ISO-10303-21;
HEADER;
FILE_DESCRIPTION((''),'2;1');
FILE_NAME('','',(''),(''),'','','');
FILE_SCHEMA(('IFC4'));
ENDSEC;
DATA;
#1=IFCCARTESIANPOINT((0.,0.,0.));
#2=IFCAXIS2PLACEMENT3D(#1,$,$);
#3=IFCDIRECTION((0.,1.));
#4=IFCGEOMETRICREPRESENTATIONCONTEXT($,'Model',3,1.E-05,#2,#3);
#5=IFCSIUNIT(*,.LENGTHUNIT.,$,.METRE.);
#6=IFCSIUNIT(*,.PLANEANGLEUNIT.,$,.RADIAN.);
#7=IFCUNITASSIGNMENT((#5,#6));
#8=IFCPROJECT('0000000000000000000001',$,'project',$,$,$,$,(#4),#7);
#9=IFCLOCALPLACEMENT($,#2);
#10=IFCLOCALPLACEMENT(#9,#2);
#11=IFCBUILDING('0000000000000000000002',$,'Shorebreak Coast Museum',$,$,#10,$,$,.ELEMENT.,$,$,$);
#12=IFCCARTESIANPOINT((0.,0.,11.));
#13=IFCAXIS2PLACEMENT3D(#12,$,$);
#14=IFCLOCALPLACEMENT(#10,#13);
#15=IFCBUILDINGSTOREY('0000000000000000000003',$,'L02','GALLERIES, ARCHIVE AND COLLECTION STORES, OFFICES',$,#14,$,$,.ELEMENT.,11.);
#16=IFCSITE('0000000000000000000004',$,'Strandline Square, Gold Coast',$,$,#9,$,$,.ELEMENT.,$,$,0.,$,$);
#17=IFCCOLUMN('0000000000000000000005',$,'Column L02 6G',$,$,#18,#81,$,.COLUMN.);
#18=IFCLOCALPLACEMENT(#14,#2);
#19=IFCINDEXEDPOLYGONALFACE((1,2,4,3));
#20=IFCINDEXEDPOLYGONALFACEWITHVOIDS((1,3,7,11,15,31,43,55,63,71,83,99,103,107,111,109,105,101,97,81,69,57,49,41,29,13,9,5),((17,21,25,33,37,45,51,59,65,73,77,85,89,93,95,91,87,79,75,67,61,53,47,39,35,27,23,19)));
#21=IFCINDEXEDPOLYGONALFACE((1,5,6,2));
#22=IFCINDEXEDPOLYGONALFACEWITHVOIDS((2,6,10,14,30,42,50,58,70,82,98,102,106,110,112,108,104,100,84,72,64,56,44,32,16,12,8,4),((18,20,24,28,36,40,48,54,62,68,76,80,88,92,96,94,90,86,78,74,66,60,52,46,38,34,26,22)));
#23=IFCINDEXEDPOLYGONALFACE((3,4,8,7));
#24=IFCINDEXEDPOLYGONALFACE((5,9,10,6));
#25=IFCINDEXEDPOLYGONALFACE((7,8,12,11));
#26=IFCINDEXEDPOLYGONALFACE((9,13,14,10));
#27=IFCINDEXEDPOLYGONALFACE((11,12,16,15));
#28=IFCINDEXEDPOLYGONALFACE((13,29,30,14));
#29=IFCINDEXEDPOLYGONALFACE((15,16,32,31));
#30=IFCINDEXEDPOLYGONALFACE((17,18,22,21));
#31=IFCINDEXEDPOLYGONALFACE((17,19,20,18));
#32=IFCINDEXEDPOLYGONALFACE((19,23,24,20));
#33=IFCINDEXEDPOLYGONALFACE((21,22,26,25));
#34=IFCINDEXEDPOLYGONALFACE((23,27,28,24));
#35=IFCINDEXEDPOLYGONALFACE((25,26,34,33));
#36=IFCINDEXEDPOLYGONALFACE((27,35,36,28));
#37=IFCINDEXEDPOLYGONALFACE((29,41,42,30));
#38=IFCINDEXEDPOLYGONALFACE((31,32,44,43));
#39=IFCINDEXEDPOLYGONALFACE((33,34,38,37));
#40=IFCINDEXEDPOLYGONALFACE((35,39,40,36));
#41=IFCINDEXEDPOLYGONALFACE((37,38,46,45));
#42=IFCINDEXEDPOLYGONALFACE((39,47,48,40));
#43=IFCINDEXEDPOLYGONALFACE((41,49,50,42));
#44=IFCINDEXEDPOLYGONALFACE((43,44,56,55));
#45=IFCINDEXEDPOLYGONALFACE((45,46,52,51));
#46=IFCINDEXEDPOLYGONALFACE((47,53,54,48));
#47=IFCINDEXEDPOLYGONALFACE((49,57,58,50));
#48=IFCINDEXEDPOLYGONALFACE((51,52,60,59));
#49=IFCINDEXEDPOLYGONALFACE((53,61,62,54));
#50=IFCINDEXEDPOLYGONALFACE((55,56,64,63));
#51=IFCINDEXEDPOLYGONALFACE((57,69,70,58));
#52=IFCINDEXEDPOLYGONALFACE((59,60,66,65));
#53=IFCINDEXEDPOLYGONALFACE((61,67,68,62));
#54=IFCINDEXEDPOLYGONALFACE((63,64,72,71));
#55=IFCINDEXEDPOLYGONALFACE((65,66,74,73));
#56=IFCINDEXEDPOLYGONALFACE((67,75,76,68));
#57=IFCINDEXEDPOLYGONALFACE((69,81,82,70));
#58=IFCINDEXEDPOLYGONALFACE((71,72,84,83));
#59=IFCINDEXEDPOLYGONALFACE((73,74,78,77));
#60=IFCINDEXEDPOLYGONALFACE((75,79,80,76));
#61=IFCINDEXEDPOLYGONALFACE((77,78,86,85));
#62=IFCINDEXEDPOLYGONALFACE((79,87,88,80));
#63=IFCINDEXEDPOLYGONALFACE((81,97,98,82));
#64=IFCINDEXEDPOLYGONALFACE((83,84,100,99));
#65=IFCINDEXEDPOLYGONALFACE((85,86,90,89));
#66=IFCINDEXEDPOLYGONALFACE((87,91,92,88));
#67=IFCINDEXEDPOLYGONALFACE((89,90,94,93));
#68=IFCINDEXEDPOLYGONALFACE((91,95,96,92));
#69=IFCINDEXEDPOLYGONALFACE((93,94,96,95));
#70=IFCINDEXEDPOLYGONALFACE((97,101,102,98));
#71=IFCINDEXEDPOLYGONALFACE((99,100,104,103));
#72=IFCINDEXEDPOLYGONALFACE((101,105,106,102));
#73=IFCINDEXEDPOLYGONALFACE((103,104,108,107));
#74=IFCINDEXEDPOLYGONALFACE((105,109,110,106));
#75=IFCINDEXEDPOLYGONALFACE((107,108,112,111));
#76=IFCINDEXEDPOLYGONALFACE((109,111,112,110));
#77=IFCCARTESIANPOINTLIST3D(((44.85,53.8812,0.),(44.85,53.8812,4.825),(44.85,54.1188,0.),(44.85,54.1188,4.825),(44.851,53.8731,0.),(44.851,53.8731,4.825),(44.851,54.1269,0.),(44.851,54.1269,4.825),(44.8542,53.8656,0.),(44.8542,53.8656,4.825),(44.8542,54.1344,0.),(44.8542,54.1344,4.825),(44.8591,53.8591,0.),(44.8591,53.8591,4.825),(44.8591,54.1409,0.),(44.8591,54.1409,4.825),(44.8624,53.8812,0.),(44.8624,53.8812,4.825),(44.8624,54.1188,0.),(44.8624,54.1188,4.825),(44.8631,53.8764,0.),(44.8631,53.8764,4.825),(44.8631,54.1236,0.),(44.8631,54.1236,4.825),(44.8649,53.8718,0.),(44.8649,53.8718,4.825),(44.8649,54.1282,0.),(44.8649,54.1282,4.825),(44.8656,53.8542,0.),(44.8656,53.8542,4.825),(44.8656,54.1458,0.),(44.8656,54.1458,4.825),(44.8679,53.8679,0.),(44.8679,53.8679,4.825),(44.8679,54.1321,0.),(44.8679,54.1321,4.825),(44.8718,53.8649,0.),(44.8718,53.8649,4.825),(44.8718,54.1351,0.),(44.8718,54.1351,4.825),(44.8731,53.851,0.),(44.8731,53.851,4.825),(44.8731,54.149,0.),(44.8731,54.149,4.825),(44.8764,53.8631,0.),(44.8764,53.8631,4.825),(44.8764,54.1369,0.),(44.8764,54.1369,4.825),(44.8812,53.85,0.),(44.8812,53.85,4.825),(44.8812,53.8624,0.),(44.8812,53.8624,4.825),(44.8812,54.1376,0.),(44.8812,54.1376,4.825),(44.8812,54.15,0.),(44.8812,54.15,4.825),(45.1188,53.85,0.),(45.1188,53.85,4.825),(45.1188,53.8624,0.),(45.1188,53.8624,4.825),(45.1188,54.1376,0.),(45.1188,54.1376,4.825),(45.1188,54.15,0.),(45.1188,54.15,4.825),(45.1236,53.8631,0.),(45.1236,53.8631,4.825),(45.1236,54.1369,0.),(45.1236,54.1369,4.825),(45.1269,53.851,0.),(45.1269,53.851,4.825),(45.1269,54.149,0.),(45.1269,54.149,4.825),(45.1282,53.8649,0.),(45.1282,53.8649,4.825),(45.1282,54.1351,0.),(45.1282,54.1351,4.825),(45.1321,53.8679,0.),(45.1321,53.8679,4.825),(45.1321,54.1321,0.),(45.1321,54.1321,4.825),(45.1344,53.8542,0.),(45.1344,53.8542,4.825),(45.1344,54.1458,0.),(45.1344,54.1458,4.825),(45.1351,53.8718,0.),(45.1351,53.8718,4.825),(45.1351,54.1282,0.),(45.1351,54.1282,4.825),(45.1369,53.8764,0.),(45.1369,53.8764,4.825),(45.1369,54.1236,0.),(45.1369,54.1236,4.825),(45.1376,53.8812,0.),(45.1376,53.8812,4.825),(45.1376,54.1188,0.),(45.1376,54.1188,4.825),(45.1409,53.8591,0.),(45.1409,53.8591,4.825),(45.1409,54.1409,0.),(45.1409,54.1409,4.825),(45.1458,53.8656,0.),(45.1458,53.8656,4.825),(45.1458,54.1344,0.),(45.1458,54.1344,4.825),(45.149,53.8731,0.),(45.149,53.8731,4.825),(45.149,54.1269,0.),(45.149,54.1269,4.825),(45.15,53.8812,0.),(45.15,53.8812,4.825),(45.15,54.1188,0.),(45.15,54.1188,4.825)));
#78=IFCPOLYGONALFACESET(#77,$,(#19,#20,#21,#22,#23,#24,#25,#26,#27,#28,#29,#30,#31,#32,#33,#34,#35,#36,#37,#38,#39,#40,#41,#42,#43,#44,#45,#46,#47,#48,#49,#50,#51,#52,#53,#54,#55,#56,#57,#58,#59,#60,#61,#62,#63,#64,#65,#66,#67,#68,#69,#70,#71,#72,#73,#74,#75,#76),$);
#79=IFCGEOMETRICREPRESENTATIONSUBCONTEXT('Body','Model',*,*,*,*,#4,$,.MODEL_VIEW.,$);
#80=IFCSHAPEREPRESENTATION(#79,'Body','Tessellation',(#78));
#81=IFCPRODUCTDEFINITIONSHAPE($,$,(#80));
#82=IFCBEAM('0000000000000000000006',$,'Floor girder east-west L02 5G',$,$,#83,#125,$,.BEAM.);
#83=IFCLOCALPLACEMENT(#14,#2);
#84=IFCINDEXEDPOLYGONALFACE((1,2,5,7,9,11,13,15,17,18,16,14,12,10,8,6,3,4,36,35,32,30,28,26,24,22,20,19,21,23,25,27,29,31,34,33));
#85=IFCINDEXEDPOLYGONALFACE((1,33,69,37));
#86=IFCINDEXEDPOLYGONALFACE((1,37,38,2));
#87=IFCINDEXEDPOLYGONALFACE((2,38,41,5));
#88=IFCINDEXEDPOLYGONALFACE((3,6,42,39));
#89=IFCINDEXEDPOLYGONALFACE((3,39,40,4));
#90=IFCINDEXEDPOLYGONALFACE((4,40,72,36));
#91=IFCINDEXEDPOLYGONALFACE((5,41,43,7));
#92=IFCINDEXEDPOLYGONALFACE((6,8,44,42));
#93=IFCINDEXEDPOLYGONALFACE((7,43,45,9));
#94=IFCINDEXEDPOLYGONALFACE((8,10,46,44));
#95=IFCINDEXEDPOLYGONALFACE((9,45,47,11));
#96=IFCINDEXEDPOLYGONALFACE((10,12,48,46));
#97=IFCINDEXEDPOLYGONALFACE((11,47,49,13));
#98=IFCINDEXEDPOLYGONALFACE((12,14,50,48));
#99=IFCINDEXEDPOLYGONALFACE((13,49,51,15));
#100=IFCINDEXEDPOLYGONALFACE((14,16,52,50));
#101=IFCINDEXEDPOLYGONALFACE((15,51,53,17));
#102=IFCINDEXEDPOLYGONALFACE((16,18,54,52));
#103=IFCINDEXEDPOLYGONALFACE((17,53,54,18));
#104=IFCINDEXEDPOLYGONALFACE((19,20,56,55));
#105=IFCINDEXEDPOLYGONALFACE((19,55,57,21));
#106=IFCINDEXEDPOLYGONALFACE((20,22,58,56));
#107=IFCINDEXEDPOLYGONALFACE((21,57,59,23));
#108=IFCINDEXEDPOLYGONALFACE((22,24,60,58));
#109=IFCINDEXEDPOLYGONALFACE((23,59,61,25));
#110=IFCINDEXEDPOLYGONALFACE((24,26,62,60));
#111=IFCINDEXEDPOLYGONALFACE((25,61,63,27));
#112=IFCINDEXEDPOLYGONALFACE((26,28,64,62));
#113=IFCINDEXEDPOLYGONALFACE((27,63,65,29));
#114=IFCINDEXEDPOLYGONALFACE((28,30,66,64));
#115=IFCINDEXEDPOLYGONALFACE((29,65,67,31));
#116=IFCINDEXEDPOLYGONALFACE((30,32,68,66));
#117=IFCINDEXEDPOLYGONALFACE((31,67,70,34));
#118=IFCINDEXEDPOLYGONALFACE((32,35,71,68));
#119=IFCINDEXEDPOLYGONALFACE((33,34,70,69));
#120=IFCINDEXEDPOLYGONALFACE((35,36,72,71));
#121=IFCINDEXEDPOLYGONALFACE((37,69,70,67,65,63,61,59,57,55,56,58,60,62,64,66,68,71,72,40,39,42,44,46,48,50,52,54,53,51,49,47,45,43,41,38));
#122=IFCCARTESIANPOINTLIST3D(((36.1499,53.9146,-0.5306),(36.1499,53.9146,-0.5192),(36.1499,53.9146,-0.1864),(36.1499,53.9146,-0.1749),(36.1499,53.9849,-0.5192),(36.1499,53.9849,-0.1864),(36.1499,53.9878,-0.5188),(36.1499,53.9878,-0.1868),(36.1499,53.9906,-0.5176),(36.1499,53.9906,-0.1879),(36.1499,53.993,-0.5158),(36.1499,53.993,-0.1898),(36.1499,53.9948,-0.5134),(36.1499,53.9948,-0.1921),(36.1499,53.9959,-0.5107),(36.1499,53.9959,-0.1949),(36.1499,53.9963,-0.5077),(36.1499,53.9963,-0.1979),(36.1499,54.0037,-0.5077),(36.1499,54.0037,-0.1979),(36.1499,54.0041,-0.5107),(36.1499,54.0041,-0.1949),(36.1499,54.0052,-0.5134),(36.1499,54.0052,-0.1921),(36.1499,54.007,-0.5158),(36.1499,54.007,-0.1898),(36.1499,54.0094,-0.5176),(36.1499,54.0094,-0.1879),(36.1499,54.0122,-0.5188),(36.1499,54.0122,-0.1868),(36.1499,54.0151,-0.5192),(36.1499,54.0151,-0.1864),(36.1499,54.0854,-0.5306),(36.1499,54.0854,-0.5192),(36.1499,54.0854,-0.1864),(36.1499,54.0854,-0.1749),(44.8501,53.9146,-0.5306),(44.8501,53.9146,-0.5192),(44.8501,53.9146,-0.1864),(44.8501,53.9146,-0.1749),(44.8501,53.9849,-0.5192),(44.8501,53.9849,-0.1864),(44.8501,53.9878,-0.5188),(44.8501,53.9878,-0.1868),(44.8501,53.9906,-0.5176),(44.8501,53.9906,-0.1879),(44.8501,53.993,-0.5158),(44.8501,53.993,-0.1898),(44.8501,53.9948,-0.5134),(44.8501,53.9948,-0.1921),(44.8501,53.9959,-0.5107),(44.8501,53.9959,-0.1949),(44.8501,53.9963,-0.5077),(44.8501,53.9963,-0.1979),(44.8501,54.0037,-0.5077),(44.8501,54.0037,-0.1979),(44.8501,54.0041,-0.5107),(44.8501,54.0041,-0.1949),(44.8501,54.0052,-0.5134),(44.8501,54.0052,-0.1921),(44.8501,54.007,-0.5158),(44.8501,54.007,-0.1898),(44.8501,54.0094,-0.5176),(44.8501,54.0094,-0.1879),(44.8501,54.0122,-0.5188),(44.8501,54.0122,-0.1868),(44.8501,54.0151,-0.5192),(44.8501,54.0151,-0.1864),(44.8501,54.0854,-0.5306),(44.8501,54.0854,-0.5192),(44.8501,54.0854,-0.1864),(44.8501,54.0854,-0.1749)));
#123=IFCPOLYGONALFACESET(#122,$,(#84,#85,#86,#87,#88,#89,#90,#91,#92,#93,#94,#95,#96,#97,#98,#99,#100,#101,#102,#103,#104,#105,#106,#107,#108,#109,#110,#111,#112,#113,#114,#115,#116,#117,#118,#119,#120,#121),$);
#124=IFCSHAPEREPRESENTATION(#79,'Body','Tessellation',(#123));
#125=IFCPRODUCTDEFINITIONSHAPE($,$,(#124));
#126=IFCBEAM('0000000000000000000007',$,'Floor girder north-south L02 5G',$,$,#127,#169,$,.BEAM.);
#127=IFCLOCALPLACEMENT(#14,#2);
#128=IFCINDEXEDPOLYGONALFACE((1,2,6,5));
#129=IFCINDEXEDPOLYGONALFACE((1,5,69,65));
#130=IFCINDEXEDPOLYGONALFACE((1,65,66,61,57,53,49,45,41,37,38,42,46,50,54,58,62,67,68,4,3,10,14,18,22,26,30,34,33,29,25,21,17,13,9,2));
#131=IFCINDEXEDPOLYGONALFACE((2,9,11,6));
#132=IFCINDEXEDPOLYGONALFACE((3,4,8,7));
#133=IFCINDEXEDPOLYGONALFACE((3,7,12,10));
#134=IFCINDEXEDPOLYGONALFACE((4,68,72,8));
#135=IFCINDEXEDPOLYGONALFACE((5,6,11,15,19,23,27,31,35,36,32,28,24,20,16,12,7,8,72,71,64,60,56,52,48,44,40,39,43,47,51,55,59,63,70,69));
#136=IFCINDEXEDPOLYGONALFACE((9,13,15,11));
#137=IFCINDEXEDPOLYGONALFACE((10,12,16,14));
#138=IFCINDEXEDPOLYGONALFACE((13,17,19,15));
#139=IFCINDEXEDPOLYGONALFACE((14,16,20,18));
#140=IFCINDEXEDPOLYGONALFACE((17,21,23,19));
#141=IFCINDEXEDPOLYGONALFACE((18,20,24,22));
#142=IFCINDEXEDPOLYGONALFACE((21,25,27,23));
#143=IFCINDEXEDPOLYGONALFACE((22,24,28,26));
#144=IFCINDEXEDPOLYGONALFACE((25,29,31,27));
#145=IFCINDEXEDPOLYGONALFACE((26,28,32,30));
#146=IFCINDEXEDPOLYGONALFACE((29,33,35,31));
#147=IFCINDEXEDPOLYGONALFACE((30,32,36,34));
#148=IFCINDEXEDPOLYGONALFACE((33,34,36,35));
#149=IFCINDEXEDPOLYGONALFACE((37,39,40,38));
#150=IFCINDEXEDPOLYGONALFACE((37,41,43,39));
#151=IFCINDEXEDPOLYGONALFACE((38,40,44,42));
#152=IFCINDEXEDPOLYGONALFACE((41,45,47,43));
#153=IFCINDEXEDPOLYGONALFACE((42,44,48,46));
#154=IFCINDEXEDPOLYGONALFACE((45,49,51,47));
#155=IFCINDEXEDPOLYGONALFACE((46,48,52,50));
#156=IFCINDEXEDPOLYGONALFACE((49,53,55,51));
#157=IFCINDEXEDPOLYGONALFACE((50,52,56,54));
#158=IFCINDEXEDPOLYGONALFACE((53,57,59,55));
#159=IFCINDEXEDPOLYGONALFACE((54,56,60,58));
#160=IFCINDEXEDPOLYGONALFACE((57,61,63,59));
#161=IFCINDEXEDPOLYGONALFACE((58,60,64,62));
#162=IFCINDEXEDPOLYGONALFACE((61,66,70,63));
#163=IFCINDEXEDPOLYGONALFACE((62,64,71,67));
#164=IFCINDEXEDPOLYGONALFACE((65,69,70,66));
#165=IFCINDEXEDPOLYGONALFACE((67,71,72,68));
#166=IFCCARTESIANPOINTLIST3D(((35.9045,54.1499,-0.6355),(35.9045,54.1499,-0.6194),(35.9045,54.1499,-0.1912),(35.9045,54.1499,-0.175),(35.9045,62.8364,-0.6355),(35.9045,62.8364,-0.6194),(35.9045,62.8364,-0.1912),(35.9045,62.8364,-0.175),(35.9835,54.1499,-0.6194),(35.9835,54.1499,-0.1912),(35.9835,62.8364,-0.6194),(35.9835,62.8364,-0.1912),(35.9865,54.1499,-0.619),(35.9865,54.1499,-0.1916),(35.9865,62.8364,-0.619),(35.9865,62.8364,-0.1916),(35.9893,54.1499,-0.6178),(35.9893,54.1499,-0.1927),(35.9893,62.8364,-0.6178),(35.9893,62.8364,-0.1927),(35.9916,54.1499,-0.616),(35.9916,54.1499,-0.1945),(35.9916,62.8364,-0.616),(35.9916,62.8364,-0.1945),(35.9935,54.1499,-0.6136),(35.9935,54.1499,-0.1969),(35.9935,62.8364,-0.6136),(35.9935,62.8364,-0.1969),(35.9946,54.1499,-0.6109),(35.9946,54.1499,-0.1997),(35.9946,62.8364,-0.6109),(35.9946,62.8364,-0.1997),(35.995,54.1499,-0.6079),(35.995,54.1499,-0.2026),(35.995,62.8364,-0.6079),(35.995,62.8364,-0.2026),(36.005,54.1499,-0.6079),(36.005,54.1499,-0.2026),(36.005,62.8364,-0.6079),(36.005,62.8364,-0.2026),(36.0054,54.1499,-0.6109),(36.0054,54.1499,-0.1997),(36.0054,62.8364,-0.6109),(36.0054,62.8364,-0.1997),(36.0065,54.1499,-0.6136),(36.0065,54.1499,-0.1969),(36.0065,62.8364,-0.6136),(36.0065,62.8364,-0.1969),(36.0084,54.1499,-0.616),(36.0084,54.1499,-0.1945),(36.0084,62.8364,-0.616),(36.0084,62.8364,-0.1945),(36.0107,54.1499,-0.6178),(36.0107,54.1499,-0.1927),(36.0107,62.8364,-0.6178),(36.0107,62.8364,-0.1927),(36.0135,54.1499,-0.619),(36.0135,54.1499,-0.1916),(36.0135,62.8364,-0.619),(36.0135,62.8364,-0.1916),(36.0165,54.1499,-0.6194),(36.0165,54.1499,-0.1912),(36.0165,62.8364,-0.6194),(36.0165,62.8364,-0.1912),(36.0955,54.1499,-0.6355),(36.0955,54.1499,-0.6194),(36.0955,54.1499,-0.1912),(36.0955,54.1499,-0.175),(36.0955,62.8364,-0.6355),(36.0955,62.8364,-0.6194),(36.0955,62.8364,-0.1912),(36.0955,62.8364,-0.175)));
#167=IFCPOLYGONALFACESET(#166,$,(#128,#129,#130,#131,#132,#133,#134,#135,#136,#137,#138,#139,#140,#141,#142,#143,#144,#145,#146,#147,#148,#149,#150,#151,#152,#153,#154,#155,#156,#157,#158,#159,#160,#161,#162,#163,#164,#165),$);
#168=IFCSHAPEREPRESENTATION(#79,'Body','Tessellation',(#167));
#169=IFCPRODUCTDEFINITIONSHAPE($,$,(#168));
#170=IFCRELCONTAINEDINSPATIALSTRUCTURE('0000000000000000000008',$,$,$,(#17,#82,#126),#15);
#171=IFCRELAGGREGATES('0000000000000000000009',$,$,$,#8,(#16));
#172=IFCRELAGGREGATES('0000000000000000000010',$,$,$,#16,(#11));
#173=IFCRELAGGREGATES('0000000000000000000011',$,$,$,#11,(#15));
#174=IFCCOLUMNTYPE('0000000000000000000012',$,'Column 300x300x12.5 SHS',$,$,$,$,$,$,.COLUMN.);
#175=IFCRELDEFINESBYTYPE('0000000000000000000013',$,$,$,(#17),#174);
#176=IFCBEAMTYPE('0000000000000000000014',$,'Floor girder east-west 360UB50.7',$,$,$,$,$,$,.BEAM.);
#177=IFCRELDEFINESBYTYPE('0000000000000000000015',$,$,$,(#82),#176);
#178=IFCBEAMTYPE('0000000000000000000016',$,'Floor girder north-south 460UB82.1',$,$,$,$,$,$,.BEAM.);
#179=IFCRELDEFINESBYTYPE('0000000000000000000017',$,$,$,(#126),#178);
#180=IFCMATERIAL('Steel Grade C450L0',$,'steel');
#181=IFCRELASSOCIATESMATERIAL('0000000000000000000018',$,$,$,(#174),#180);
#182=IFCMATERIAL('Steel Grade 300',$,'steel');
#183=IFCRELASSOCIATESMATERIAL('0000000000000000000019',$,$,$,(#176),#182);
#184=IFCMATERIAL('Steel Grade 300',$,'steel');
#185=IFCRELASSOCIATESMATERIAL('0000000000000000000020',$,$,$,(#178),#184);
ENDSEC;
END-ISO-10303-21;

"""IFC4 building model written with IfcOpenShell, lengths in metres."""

from ifc_helpers import new_model, si_unit, direction, frame, origin, origin_2d, place, context, subcontext, project, spatial, hollow_rectangle, i_section, extrude, material, material_profile, profile_set, type_object, element, save


model = new_model("IFC4")

# Units and contexts
model_context = context("Model", 3, precision=1e-05, world=origin(), true_north=direction((0.0, 1.0)))
body_context = subcontext(model_context, "Body", "Model", "MODEL_VIEW")
ifc_project = project(units=[si_unit("LENGTHUNIT", "METRE"), si_unit("PLANEANGLEUNIT", "RADIAN")], contexts=[model_context])

# Site, building, storey
site_placement = place(None, origin())
site = spatial("IfcSite", under=ifc_project, at=site_placement, Name="Strandline Square, Gold Coast", CompositionType="ELEMENT", RefElevation=0.0)
building_placement = place(site_placement, origin())
building = spatial("IfcBuilding", under=site, at=building_placement, Name="Shorebreak Coast Museum", CompositionType="ELEMENT")
storey_placement = place(building_placement, frame((0.0, 0.0, 11.0)))
storey = spatial("IfcBuildingStorey", under=building, at=storey_placement, Name="L02", Description="GALLERIES, ARCHIVE AND COLLECTION STORES, OFFICES", CompositionType="ELEMENT", Elevation=11.0)

# Column
ifc_material_1 = material(Name="Steel Grade C450L0", Category="steel")
ifc_material_profile_1 = material_profile(ifc_material_1, hollow_rectangle(XDim=0.3, YDim=0.3, WallThickness=0.0125, InnerFilletRadius=0.0188, OuterFilletRadius=0.0312, at=origin_2d()), Name="300x300x12.5 SHS")
ifc_profile_set_1 = profile_set([ifc_material_profile_1], Name="Steel Grade C450L0")
column_type = type_object("IfcColumnType", Name="Column 300x300x12.5 SHS", PredefinedType="COLUMN", material=ifc_profile_set_1)
column_placement = place(storey_placement, frame((45.0, 54.0, 0.0), z_axis=(0.0, 0.0, 1.0), x_axis=(1.0, 0.0, 0.0)))
element("IfcColumn", 1, at=column_placement, inside=storey, type_object=column_type, Name="Column L02 6G", PredefinedType="COLUMN", context=body_context, shape_type="SweptSolid", body=[
    extrude(hollow_rectangle(XDim=0.3, YDim=0.3, WallThickness=0.0125, InnerFilletRadius=0.0188, OuterFilletRadius=0.0312, at=origin_2d()), origin(), (0.0, 0.0, 1.0), 4.825),
])

# Beams
ifc_material_2 = material(Name="Steel Grade 300", Category="steel")
ifc_material_profile_2 = material_profile(ifc_material_2, i_section(OverallWidth=0.1709, OverallDepth=0.3557, WebThickness=0.0073, FlangeThickness=0.0115, FilletRadius=0.0115, at=origin_2d()), Name="360UB50.7")
ifc_profile_set_2 = profile_set([ifc_material_profile_2], Name="Steel Grade 300")
beam_type_1 = type_object("IfcBeamType", Name="Floor girder east-west 360UB50.7", PredefinedType="BEAM", material=ifc_profile_set_2)
beam_1_placement = place(storey_placement, frame((36.1499, 54.0, -0.3528), z_axis=(1.0, 0.0, 0.0), x_axis=(0.0, 1.0, 0.0)))
element("IfcBeam", 2, at=beam_1_placement, inside=storey, type_object=beam_type_1, Name="Floor girder east-west L02 5G", PredefinedType="BEAM", context=body_context, shape_type="SweptSolid", body=[
    extrude(i_section(OverallWidth=0.1709, OverallDepth=0.3557, WebThickness=0.0073, FlangeThickness=0.0115, FilletRadius=0.0115, at=origin_2d()), origin(), (0.0, 0.0, 1.0), 8.7002),
])
ifc_material_3 = material(Name="Steel Grade 300", Category="steel")
ifc_material_profile_3 = material_profile(ifc_material_3, i_section(OverallWidth=0.1909, OverallDepth=0.4604, WebThickness=0.01, FlangeThickness=0.0161, FilletRadius=0.0115, at=origin_2d()), Name="460UB82.1")
ifc_profile_set_3 = profile_set([ifc_material_profile_3], Name="Steel Grade 300")
beam_type_2 = type_object("IfcBeamType", Name="Floor girder north-south 460UB82.1", PredefinedType="BEAM", material=ifc_profile_set_3)
for number, where, z_axis, x_axis, name in (
    (3, (36.0, 54.1499, -0.4053), (0.0, 1.0, 0.0), (-1.0, 0.0, 0.0), "Floor girder north-south L02 5G"),
):
    element("IfcBeam", number, at=place(storey_placement, frame(where, z_axis=z_axis, x_axis=x_axis)), inside=storey, type_object=beam_type_2, Name=name, PredefinedType="BEAM", context=body_context, shape_type="SweptSolid", body=[
        extrude(i_section(OverallWidth=0.1909, OverallDepth=0.4604, WebThickness=0.01, FlangeThickness=0.0161, FilletRadius=0.0115, at=origin_2d()), origin(), (0.0, 0.0, 1.0), 8.6865),
    ])

save(model, "model.ifc")
